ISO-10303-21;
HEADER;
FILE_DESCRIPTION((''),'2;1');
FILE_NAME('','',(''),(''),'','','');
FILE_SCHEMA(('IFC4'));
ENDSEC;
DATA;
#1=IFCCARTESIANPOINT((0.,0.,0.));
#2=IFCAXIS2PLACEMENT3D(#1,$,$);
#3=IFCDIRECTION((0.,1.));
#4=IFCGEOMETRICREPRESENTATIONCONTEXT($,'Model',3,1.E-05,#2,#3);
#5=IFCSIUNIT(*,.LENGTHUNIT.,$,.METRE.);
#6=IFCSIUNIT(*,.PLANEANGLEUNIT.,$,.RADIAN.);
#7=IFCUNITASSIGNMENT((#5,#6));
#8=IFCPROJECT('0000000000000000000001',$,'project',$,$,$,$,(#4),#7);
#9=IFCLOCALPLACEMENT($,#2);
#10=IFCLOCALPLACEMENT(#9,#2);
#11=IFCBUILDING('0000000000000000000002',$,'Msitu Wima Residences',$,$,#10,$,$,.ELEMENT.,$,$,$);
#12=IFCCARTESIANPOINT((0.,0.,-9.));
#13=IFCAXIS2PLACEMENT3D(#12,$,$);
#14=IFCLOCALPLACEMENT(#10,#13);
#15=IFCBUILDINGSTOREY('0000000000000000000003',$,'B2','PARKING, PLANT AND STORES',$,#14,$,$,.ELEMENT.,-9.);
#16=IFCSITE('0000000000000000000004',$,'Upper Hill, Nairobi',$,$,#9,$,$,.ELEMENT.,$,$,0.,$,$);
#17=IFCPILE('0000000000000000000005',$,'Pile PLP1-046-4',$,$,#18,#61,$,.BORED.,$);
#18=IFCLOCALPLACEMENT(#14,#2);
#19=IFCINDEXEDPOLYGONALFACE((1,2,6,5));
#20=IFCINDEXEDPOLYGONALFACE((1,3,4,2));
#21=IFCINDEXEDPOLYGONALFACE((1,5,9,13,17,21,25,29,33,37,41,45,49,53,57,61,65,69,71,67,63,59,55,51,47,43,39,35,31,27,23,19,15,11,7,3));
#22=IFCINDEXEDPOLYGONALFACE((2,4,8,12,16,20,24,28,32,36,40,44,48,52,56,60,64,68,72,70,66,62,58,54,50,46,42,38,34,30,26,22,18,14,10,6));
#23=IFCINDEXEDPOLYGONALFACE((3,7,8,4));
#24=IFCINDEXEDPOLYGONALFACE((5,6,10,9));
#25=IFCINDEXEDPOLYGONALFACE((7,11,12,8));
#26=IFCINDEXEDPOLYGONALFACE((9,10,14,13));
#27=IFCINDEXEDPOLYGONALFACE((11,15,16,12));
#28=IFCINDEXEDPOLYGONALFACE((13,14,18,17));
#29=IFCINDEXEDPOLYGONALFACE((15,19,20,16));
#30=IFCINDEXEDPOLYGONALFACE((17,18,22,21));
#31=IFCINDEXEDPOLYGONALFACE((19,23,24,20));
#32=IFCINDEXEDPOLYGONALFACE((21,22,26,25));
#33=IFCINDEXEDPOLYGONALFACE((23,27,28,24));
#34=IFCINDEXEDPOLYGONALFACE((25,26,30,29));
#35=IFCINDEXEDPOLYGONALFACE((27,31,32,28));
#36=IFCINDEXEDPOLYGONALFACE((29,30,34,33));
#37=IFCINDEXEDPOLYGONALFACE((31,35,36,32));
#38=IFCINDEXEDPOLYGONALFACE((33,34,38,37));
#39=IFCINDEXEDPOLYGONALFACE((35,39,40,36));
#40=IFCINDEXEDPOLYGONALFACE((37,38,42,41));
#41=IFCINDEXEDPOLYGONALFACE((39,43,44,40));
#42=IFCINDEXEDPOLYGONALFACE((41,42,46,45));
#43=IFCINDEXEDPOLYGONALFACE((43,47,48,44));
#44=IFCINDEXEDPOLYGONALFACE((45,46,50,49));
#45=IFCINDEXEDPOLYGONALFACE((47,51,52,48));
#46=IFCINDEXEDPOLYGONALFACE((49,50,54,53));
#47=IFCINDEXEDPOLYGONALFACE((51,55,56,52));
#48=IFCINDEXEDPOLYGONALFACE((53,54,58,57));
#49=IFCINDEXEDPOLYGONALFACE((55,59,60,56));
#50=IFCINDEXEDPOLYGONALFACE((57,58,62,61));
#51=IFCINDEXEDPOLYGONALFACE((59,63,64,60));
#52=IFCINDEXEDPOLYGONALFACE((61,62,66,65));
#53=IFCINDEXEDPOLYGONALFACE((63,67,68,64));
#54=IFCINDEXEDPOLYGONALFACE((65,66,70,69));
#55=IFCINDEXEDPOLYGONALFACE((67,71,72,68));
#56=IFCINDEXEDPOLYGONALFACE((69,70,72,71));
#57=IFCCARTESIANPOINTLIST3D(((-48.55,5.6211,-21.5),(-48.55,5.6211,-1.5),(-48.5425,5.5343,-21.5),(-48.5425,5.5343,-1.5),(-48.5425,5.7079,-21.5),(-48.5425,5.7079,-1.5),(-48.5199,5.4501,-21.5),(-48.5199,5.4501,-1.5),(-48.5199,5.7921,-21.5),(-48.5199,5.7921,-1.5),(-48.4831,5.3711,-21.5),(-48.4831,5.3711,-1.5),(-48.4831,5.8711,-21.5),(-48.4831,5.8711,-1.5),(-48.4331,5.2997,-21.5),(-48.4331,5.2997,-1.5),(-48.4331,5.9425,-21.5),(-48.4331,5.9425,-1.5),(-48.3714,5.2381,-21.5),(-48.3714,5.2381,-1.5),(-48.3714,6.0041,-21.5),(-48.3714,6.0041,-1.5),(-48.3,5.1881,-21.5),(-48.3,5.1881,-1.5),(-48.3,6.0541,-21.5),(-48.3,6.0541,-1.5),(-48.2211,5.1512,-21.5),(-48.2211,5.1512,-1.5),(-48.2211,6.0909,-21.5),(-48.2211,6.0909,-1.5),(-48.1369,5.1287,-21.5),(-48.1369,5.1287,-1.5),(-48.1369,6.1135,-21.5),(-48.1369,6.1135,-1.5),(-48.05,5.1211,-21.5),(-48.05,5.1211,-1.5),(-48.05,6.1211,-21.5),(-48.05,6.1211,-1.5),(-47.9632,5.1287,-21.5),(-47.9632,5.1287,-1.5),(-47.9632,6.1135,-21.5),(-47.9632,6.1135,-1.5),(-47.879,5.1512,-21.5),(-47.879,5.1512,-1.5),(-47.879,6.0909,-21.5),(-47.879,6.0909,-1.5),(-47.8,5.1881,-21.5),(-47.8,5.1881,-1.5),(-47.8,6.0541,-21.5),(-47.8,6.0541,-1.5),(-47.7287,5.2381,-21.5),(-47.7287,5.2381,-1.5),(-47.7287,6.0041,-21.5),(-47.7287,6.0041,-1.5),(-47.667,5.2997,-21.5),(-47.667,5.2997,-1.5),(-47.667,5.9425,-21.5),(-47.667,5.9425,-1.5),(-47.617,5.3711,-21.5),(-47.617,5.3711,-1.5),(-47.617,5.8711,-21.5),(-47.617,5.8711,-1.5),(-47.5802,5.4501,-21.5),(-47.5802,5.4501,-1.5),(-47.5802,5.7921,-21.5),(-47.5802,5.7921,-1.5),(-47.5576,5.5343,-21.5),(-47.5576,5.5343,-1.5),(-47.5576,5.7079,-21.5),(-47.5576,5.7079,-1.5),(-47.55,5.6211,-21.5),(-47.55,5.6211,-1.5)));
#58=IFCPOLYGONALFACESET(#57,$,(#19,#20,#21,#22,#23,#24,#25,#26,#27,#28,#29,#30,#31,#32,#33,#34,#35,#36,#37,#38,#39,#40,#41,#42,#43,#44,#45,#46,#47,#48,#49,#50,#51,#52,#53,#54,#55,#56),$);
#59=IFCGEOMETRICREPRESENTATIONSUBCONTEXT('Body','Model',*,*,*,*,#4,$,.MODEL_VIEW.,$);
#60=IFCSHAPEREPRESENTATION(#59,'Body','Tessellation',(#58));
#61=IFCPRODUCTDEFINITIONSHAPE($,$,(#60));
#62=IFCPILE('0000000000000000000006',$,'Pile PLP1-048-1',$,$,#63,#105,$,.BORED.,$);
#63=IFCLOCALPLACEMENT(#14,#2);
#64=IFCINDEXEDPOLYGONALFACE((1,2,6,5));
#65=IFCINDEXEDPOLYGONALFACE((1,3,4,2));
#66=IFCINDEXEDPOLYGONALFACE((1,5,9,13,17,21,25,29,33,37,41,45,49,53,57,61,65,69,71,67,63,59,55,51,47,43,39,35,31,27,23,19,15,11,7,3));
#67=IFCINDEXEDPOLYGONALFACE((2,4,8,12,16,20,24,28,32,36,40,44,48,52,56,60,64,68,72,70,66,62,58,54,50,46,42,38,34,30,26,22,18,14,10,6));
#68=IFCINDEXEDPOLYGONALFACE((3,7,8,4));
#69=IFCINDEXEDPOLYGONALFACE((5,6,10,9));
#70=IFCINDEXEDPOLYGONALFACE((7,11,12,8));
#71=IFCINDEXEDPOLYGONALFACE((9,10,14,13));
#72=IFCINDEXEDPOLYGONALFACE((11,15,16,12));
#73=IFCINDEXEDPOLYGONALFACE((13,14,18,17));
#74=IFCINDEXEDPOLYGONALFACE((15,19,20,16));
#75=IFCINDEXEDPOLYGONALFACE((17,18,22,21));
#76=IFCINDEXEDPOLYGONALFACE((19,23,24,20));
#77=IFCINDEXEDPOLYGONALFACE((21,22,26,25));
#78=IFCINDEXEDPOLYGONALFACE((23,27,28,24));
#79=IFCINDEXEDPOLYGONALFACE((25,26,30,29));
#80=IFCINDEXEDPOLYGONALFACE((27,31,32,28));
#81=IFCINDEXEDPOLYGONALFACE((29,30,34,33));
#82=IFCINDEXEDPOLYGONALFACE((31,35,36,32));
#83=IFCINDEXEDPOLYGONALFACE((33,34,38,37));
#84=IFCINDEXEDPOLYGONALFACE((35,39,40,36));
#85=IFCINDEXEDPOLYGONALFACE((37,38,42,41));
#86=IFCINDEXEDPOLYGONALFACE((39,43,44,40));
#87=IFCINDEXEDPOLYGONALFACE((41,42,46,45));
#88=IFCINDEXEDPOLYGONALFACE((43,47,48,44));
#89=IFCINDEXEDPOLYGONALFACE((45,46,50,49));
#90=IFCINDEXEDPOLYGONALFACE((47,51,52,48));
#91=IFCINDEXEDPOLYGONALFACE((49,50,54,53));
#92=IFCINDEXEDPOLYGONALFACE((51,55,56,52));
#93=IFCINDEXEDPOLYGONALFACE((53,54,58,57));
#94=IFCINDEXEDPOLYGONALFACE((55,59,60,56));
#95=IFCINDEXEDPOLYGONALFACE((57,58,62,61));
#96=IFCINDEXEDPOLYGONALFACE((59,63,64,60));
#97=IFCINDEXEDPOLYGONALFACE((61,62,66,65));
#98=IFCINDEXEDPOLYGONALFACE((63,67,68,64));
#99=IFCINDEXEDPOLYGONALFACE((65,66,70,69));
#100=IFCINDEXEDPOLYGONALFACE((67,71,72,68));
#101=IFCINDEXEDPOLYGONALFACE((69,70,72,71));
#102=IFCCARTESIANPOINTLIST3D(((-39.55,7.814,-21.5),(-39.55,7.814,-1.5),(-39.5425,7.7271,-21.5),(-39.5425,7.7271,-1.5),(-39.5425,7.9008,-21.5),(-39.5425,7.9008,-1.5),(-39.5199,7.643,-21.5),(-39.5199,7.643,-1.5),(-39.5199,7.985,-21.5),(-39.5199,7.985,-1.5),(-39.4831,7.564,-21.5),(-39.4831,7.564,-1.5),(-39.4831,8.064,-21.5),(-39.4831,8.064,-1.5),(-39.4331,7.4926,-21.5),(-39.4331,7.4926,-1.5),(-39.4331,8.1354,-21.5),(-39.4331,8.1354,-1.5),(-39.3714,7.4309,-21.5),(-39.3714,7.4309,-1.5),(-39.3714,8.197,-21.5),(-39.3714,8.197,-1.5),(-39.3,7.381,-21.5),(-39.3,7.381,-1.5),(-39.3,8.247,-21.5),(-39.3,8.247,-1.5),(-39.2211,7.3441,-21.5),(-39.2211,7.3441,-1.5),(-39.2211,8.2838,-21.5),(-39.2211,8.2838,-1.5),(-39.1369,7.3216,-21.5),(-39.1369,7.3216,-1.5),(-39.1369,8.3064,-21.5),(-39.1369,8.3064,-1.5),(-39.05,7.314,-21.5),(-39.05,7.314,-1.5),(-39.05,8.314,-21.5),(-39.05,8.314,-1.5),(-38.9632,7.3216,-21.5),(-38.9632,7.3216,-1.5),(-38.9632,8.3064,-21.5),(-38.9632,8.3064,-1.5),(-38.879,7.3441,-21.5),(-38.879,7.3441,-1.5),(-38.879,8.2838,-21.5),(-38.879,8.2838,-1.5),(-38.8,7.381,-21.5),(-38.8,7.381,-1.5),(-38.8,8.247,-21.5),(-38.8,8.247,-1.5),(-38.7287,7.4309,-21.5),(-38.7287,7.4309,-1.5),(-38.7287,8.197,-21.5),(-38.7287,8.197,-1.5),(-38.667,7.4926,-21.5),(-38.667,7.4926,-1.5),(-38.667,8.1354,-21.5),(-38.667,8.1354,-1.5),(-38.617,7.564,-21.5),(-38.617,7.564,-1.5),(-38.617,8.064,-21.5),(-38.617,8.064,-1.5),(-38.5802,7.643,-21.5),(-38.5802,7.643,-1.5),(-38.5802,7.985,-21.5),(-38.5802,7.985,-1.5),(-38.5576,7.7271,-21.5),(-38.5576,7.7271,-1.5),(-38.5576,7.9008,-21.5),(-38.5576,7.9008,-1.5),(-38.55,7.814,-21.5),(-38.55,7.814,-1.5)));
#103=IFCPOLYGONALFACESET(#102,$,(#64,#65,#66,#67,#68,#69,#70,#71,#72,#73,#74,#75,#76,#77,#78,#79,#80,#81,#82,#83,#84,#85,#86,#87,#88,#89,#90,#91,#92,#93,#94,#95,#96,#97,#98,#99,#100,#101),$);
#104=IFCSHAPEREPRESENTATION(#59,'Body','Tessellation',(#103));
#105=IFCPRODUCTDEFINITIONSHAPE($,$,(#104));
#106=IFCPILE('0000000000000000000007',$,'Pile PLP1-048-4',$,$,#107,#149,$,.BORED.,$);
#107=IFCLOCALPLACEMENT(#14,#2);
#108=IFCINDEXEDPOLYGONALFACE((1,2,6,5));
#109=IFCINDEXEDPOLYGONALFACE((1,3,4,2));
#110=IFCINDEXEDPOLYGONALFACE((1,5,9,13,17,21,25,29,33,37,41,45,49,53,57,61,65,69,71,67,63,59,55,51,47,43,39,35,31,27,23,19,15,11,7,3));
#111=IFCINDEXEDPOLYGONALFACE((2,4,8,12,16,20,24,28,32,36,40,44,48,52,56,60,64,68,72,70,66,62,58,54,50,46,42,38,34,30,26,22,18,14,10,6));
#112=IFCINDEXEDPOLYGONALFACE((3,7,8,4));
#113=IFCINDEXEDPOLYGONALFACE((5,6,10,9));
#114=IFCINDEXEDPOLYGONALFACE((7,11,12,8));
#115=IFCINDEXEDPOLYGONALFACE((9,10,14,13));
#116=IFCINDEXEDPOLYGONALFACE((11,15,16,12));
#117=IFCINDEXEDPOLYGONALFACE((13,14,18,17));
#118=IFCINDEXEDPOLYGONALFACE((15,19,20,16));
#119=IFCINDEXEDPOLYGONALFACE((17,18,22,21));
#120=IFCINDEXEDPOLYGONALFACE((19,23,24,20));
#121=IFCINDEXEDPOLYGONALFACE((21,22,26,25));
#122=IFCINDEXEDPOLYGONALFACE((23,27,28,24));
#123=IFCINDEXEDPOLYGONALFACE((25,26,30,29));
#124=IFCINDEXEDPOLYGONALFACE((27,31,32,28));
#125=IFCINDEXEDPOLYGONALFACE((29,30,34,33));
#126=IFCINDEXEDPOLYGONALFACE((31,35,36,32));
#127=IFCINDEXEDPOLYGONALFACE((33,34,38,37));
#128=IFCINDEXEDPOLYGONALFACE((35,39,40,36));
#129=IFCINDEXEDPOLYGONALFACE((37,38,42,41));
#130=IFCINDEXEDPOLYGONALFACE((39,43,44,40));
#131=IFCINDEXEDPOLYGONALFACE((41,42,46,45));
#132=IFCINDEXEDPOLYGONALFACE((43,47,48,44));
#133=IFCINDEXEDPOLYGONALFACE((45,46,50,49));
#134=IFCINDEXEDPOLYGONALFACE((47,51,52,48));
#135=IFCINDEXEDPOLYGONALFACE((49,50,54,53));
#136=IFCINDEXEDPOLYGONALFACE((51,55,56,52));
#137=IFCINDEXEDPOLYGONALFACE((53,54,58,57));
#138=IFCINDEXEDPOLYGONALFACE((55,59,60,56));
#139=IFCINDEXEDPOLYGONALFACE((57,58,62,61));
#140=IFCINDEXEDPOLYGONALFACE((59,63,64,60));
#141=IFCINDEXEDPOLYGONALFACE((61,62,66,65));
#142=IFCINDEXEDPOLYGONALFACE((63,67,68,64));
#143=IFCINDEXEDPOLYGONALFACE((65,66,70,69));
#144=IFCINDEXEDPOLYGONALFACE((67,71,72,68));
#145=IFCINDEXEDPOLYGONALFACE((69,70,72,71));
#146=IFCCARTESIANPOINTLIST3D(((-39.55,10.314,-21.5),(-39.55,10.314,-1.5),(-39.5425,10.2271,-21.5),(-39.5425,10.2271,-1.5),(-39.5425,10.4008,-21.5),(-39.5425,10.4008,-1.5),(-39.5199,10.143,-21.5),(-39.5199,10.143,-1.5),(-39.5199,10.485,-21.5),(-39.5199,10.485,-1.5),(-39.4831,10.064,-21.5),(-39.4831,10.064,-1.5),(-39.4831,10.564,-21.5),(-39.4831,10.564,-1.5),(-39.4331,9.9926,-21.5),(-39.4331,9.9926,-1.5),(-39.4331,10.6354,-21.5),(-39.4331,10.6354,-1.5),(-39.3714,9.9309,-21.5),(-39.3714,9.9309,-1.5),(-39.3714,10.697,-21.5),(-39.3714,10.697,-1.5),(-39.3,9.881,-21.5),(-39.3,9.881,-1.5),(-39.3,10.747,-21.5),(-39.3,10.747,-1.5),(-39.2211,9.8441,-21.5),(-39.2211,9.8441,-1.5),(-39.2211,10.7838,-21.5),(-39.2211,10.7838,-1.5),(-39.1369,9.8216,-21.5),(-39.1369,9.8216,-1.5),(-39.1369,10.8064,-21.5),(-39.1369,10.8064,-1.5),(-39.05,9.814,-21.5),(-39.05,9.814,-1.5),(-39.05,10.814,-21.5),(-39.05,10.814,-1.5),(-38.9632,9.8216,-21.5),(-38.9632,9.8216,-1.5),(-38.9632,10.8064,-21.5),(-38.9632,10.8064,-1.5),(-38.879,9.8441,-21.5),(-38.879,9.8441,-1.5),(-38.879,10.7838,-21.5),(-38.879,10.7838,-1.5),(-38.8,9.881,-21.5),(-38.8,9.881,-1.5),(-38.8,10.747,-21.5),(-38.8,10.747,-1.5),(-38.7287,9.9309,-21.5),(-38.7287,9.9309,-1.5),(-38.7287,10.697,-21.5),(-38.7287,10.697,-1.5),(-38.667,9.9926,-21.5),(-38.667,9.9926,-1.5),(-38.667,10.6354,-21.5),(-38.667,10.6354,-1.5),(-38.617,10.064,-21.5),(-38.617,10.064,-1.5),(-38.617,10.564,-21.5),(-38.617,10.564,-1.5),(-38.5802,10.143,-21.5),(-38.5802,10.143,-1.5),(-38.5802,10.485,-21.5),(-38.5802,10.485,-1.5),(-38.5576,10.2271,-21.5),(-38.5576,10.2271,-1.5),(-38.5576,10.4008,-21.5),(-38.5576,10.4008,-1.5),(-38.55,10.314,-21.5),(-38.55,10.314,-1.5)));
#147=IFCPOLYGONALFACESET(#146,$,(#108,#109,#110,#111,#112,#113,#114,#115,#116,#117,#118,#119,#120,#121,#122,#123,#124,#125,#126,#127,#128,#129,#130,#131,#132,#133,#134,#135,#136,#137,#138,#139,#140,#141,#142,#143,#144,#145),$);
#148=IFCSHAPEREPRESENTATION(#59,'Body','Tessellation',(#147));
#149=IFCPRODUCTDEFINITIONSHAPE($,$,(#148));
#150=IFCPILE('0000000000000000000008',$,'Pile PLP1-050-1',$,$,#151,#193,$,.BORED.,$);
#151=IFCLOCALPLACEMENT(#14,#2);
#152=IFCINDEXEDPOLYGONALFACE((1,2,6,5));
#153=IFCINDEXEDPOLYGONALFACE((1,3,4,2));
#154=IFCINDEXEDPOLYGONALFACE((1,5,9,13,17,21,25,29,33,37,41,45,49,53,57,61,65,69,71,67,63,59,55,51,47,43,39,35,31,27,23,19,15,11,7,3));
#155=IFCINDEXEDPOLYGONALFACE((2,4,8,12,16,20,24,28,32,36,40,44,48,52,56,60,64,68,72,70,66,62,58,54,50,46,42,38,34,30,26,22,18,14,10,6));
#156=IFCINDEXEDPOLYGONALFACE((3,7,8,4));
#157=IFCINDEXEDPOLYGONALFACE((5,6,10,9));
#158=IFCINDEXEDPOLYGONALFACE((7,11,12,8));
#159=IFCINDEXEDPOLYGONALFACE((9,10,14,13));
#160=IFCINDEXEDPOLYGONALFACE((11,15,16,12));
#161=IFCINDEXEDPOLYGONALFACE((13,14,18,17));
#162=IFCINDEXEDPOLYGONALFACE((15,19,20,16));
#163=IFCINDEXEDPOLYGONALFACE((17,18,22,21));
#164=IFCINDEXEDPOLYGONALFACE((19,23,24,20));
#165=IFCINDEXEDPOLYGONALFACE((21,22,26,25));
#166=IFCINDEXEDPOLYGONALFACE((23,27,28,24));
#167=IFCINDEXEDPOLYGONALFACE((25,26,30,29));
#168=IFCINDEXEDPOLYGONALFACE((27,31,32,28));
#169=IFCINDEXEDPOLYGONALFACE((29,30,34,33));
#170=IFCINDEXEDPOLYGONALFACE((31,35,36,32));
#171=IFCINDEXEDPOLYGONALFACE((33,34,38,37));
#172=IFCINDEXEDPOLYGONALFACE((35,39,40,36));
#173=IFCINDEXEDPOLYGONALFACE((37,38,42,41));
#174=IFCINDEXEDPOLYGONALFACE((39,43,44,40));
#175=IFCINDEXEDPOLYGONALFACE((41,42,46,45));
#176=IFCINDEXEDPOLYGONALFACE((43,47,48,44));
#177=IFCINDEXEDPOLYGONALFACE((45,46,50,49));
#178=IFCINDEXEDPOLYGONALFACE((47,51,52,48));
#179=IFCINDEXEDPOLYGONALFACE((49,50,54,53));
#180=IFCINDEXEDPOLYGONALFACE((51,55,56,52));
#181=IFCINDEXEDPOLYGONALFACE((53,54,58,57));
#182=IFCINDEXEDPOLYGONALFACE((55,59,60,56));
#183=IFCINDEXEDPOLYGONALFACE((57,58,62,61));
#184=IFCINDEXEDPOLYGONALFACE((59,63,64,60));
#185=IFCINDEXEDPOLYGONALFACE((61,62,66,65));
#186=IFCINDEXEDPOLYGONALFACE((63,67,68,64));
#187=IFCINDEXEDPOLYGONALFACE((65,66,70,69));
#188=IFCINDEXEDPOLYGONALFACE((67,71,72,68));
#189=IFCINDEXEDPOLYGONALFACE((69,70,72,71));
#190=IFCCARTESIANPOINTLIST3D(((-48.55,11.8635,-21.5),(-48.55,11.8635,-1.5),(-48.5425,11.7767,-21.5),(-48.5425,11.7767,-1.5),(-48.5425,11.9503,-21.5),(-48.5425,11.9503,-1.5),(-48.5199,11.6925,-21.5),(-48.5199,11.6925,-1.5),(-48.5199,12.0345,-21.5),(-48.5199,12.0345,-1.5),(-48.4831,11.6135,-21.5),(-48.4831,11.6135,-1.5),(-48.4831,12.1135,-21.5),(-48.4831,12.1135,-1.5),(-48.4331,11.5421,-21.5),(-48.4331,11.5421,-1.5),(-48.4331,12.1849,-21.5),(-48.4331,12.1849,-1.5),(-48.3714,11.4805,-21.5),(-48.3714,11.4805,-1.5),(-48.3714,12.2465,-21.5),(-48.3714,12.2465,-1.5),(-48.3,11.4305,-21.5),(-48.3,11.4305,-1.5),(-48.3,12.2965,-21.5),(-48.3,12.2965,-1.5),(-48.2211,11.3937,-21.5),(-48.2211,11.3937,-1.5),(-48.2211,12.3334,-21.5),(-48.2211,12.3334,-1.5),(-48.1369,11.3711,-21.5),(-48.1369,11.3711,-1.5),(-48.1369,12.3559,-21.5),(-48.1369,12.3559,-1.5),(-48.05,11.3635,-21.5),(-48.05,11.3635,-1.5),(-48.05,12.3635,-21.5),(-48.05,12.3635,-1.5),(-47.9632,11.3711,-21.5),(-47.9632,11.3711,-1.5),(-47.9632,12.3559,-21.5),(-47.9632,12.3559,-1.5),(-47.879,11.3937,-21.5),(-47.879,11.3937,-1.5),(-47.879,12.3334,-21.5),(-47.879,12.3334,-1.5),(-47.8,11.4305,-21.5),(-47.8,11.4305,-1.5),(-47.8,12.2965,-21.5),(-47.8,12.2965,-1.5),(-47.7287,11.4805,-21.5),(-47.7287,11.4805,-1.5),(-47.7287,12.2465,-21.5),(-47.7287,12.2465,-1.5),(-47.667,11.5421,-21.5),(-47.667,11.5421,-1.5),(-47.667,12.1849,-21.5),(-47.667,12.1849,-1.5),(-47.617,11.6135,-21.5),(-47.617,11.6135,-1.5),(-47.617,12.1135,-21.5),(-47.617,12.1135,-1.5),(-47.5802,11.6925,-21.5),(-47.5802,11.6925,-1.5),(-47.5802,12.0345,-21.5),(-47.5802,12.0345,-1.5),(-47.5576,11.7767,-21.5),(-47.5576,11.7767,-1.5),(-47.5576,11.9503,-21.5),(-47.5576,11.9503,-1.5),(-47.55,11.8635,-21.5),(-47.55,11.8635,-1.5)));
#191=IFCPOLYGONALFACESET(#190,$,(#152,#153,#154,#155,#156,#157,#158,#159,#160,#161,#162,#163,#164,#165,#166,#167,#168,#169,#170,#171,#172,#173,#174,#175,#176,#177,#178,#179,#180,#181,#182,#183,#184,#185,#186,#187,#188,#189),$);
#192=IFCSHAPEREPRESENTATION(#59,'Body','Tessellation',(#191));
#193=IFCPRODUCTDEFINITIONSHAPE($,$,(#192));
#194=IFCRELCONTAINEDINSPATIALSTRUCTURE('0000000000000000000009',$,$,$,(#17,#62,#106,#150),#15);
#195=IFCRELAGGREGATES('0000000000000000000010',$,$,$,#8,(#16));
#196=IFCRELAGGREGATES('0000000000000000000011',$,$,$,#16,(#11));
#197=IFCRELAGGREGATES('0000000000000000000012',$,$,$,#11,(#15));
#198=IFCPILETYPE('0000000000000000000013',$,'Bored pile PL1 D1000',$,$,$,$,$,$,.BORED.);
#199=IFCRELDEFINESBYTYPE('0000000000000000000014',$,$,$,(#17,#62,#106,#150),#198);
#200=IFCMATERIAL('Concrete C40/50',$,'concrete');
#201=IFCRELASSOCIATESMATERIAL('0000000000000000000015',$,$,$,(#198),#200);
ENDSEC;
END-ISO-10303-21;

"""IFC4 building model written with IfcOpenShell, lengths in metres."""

from ifc_helpers import new_model, si_unit, direction, frame, origin, origin_2d, place, context, subcontext, project, spatial, circle, extrude, material, type_object, element, save


model = new_model("IFC4")

# Units and contexts
model_context = context("Model", 3, precision=1e-05, world=origin(), true_north=direction((0.0, 1.0)))
body_context = subcontext(model_context, "Body", "Model", "MODEL_VIEW")
ifc_project = project(units=[si_unit("LENGTHUNIT", "METRE"), si_unit("PLANEANGLEUNIT", "RADIAN")], contexts=[model_context])

# Site, building, storey
site_placement = place(None, origin())
site = spatial("IfcSite", under=ifc_project, at=site_placement, Name="Upper Hill, Nairobi", CompositionType="ELEMENT", RefElevation=0.0)
building_placement = place(site_placement, origin())
building = spatial("IfcBuilding", under=site, at=building_placement, Name="Msitu Wima Residences", CompositionType="ELEMENT")
storey_placement = place(building_placement, frame((0.0, 0.0, -9.0)))
storey = spatial("IfcBuildingStorey", under=building, at=storey_placement, Name="B2", Description="PARKING, PLANT AND STORES", CompositionType="ELEMENT", Elevation=-9.0)

# Piles
ifc_material_1 = material(Name="Concrete C40/50", Category="concrete")
pile_type = type_object("IfcPileType", Name="Bored pile PL1 D1000", PredefinedType="BORED", material=ifc_material_1)
for number, where, z_axis, x_axis, name in (
    (1, (-48.05, 5.6211, -1.5), (0.0, 0.0, -1.0), (1.0, 0.0, 0.0), "Pile PLP1-046-4"),
    (2, (-39.05, 7.814, -1.5), (0.0, 0.0, -1.0), (1.0, 0.0, 0.0), "Pile PLP1-048-1"),
    (3, (-39.05, 10.314, -1.5), (0.0, 0.0, -1.0), (1.0, 0.0, 0.0), "Pile PLP1-048-4"),
    (4, (-48.05, 11.8635, -1.5), (0.0, 0.0, -1.0), (1.0, 0.0, 0.0), "Pile PLP1-050-1"),
):
    element("IfcPile", number, at=place(storey_placement, frame(where, z_axis=z_axis, x_axis=x_axis)), inside=storey, type_object=pile_type, Name=name, PredefinedType="BORED", context=body_context, shape_type="SweptSolid", body=[
        extrude(circle(Radius=0.5, at=origin_2d()), origin(), (0.0, 0.0, 1.0), 20.0),
    ])

save(model, "model.ifc")
